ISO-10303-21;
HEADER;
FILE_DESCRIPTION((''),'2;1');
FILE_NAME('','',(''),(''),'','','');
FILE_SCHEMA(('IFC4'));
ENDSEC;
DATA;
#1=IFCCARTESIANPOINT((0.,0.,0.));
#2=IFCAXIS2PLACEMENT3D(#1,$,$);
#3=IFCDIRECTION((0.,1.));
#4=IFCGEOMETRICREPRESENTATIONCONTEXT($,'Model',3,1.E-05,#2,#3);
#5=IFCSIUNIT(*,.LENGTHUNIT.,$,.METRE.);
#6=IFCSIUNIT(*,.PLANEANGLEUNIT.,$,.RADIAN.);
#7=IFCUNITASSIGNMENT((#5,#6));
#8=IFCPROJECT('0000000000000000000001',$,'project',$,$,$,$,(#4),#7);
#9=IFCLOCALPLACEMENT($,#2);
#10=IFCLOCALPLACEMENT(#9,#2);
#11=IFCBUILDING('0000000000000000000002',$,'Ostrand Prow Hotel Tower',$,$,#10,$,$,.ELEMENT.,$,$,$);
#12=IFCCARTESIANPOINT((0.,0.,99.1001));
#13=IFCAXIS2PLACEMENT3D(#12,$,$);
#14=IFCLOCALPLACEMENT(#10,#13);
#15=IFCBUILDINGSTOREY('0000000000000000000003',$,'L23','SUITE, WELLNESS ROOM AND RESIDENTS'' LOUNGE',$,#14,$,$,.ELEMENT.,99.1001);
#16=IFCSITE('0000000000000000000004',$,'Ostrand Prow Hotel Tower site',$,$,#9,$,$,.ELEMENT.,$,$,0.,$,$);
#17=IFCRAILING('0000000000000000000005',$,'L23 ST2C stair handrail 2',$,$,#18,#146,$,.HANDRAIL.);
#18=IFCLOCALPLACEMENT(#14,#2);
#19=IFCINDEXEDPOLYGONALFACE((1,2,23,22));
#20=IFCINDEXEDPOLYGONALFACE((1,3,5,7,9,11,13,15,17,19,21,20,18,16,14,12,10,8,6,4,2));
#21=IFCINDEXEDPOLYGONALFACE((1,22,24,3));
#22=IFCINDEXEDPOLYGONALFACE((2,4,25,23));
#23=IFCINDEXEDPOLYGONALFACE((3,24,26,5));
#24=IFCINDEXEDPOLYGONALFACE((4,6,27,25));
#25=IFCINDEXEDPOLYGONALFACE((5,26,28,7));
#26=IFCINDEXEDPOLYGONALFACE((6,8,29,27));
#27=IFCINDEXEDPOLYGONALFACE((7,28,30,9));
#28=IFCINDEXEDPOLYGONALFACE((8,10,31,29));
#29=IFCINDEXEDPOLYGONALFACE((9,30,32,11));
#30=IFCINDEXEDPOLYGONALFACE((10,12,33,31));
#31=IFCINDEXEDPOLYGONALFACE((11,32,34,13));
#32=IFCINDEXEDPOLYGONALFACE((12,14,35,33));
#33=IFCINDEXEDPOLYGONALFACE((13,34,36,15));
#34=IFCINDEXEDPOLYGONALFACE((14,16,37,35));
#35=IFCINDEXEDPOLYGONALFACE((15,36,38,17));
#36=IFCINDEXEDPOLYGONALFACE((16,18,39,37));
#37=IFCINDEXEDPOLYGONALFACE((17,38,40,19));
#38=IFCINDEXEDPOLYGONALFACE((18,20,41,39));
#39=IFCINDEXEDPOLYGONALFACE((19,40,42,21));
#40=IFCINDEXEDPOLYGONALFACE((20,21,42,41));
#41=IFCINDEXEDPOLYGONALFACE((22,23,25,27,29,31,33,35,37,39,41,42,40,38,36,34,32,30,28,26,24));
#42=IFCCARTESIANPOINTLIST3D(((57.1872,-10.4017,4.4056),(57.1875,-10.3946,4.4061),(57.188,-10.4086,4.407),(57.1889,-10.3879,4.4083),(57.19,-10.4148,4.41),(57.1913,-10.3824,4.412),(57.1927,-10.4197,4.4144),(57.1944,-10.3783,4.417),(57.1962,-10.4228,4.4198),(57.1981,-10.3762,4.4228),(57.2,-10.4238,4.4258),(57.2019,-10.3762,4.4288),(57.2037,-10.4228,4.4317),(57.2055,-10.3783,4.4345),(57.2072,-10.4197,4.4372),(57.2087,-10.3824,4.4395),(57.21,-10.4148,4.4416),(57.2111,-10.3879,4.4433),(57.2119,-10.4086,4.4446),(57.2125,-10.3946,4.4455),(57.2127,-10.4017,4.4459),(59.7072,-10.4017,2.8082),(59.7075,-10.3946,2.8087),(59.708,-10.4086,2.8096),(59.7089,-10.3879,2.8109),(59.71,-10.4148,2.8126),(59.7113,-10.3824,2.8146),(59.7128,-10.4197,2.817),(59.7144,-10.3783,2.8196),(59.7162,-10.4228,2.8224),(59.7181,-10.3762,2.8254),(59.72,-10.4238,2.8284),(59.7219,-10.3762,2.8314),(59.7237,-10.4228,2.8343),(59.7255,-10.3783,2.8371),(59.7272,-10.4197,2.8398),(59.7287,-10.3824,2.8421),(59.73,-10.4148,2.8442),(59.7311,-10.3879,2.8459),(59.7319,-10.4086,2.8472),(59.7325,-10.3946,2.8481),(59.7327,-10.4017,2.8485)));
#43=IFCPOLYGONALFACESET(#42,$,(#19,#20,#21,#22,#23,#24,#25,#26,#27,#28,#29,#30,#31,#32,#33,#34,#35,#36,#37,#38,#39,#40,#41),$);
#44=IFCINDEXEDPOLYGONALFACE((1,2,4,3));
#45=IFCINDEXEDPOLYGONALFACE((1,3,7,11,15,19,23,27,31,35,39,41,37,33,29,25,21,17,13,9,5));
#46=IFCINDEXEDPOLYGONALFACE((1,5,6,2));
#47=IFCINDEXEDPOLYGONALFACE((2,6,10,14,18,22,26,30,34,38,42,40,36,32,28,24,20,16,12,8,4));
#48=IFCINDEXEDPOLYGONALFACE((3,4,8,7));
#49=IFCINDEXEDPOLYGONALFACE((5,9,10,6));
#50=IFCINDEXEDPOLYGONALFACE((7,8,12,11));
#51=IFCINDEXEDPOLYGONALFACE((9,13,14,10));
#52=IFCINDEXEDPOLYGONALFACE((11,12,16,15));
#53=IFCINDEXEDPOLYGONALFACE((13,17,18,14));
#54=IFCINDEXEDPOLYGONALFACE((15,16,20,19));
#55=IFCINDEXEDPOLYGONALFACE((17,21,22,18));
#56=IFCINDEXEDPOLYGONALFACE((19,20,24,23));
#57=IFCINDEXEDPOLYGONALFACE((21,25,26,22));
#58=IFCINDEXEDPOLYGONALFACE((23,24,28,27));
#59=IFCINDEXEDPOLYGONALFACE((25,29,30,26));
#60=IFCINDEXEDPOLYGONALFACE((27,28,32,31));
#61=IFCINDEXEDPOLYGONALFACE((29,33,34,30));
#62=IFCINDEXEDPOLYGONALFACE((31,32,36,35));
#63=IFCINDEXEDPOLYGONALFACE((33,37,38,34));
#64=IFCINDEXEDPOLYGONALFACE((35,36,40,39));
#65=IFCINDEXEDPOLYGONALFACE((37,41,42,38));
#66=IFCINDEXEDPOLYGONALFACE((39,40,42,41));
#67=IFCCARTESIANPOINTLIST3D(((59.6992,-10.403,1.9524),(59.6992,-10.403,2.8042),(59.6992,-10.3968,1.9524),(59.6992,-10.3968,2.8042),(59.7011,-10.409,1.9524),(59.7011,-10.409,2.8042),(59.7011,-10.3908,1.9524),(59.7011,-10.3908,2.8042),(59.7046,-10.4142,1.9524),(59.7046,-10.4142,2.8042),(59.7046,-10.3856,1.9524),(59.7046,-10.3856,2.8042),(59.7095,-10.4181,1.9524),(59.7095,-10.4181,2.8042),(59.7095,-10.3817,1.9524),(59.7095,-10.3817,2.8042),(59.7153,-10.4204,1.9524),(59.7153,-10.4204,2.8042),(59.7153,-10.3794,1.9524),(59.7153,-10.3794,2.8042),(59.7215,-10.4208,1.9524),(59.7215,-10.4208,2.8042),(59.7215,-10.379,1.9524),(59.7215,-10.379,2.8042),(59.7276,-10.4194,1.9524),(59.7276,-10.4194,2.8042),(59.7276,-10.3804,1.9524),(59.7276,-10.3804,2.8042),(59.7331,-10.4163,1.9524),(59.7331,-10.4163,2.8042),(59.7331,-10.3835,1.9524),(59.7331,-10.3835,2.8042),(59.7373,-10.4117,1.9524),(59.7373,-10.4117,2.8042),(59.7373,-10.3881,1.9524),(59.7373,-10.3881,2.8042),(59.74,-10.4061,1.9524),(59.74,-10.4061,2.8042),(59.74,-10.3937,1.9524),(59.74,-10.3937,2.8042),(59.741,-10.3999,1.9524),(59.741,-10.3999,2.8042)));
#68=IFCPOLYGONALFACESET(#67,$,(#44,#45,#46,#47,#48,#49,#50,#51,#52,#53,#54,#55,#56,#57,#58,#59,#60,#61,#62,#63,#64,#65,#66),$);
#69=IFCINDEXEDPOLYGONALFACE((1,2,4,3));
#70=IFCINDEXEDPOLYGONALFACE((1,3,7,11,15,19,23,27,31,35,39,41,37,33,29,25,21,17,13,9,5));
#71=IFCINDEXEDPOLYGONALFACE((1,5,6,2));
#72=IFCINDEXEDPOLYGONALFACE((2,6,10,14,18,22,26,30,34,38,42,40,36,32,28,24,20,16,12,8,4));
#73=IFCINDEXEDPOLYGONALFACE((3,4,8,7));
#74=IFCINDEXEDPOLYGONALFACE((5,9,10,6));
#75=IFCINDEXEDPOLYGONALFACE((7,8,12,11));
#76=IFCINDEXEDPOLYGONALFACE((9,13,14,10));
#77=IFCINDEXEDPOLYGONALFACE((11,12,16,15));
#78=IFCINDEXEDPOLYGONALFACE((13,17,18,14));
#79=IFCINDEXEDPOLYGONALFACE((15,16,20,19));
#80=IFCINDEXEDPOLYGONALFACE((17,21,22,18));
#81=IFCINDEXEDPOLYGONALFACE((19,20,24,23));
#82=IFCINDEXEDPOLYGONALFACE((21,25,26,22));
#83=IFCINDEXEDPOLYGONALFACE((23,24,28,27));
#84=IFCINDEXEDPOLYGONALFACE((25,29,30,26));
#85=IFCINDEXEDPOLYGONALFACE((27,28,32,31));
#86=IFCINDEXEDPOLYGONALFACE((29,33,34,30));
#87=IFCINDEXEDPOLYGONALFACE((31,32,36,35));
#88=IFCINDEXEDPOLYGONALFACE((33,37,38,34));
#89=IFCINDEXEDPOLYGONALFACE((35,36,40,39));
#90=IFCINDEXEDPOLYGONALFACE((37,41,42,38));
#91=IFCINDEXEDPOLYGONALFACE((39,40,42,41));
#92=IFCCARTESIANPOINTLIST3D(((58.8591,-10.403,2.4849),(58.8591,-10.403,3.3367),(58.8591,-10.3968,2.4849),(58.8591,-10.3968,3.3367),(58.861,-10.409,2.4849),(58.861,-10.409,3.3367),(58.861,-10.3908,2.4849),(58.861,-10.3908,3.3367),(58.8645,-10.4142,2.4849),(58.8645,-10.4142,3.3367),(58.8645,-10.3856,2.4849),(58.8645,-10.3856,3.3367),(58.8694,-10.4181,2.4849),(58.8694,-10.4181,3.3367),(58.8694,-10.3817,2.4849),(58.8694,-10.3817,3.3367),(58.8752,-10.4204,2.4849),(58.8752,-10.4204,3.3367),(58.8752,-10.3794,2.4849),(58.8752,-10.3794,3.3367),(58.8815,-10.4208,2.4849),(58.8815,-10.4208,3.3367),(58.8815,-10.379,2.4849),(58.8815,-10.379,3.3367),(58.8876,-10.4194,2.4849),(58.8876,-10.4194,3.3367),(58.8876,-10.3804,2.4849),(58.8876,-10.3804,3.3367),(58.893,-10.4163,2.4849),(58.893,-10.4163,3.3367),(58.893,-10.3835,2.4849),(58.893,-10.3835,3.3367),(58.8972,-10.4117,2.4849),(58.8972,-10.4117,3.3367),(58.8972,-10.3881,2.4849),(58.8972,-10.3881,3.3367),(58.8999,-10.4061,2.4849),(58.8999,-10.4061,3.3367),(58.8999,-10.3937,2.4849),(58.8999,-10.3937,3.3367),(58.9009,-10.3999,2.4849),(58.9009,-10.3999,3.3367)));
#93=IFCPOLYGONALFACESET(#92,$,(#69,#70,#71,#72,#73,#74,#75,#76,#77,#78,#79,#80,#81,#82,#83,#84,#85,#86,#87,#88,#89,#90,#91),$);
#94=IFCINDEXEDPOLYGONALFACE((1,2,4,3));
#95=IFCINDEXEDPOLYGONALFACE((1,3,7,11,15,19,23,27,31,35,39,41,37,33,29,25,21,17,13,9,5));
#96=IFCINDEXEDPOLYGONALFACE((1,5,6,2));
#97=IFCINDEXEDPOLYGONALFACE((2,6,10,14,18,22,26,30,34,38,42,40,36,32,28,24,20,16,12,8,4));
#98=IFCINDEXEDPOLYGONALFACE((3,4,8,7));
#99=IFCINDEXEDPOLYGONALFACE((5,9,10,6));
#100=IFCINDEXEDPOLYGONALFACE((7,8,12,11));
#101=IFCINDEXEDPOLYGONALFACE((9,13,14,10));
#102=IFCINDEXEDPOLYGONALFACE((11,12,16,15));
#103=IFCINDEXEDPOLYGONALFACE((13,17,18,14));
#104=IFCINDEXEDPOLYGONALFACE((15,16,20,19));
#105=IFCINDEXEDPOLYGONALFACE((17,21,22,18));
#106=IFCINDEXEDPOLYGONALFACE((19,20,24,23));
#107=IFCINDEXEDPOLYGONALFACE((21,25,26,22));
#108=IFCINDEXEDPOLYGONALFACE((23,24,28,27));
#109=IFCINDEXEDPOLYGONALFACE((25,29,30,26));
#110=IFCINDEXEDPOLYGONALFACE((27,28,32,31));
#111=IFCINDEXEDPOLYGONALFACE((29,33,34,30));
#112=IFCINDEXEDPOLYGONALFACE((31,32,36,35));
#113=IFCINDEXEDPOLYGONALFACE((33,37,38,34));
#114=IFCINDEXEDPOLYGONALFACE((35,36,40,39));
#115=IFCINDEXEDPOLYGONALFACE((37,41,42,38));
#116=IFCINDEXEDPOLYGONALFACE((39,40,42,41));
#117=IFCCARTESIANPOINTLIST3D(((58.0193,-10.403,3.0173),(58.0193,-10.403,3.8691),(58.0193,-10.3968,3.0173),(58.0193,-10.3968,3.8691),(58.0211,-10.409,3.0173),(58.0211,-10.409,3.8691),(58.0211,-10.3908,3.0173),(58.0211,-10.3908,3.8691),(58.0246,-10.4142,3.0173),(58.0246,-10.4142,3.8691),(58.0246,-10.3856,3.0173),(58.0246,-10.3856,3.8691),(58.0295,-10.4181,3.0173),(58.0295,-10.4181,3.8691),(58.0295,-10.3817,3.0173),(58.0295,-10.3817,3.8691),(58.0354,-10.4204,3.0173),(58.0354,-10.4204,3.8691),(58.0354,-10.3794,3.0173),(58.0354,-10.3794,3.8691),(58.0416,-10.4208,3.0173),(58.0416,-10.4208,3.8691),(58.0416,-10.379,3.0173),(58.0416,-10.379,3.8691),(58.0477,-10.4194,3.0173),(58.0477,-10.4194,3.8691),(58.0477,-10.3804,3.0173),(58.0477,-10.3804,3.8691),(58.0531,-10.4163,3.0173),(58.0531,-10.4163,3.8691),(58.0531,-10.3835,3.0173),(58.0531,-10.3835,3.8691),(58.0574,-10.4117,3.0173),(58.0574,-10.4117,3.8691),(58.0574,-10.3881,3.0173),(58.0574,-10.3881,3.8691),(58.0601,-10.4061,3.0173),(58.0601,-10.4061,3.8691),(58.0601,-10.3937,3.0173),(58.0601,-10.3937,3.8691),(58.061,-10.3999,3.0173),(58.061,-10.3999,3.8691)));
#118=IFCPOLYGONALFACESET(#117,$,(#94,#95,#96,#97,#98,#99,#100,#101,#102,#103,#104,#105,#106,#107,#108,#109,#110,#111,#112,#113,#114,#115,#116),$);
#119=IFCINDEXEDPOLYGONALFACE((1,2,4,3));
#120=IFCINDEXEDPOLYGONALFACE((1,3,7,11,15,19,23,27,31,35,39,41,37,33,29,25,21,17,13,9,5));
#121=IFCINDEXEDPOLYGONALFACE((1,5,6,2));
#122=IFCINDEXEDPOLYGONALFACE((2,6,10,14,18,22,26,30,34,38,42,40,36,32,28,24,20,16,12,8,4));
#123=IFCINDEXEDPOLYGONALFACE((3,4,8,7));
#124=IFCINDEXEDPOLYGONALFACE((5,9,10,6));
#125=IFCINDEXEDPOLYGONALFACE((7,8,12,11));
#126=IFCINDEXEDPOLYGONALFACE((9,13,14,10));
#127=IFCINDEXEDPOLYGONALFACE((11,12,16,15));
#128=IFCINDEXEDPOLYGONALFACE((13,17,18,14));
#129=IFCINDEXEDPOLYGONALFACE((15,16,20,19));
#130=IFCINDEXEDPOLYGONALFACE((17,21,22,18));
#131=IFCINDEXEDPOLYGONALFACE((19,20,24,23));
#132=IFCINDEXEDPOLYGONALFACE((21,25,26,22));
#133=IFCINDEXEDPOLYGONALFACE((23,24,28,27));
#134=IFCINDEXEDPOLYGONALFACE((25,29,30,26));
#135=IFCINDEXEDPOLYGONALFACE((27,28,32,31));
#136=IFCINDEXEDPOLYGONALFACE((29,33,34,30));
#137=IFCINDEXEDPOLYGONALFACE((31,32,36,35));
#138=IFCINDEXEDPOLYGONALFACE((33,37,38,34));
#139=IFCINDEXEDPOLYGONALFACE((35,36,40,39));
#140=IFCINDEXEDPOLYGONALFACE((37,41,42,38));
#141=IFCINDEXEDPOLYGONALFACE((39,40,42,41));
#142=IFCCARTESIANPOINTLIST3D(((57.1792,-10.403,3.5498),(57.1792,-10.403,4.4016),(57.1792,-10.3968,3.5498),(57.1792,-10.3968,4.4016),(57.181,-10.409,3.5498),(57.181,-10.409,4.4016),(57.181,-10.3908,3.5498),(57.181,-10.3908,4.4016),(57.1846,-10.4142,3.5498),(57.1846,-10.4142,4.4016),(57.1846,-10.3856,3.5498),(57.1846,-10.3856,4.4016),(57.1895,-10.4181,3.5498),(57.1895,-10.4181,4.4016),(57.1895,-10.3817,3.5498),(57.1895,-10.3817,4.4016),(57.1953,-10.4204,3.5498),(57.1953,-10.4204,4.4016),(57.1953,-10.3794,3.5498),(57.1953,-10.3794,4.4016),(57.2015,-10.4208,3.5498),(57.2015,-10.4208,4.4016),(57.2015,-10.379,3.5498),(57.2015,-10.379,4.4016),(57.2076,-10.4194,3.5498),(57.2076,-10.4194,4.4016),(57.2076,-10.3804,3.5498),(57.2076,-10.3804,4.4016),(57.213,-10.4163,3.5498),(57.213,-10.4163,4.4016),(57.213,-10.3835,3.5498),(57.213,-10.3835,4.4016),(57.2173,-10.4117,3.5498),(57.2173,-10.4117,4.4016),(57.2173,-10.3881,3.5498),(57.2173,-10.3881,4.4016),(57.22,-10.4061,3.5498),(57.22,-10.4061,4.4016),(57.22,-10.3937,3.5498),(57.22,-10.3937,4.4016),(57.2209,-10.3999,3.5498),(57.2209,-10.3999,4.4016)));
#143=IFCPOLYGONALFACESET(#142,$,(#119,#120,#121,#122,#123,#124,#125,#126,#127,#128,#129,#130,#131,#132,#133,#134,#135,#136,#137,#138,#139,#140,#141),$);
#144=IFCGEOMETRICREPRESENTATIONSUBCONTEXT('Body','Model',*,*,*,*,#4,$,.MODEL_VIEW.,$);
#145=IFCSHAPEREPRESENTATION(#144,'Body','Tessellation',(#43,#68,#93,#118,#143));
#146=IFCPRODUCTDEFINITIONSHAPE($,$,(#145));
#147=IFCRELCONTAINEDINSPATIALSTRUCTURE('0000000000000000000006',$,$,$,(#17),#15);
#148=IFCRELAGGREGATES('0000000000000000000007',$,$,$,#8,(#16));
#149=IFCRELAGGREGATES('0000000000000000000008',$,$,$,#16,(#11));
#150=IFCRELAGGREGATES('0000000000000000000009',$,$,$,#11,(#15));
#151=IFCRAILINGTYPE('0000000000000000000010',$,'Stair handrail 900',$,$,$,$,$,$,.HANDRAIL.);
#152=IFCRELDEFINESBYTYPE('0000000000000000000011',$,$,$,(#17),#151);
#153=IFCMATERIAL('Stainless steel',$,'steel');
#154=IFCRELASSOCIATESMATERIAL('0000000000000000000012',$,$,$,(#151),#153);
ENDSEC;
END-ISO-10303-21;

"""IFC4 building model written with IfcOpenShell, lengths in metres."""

from ifc_helpers import new_model, si_unit, direction, frame, origin, origin_2d, place, context, subcontext, project, spatial, circle, extrude, material, type_object, element, save


model = new_model("IFC4")

# Units and contexts
model_context = context("Model", 3, precision=1e-05, world=origin(), true_north=direction((0.0, 1.0)))
body_context = subcontext(model_context, "Body", "Model", "MODEL_VIEW")
ifc_project = project(units=[si_unit("LENGTHUNIT", "METRE"), si_unit("PLANEANGLEUNIT", "RADIAN")], contexts=[model_context])

# Site, building, storey
site_placement = place(None, origin())
site = spatial("IfcSite", under=ifc_project, at=site_placement, Name="Ostrand Prow Hotel Tower site", CompositionType="ELEMENT", RefElevation=0.0)
building_placement = place(site_placement, origin())
building = spatial("IfcBuilding", under=site, at=building_placement, Name="Ostrand Prow Hotel Tower", CompositionType="ELEMENT")
storey_placement = place(building_placement, frame((0.0, 0.0, 99.1001)))
storey = spatial("IfcBuildingStorey", under=building, at=storey_placement, Name="L23", Description="SUITE, WELLNESS ROOM AND RESIDENTS' LOUNGE", CompositionType="ELEMENT", Elevation=99.1001)

# Railing
ifc_material_1 = material(Name="Stainless steel", Category="steel")
railing_type_1 = type_object("IfcRailingType", Name="Stair handrail 900", PredefinedType="HANDRAIL", material=ifc_material_1)
railing_1_placement = place(storey_placement, frame((59.72, -10.3999, 1.9524)))
element("IfcRailing", 1, at=railing_1_placement, inside=storey, type_object=railing_type_1, Name="L23 ST2C stair handrail 2", PredefinedType="HANDRAIL", context=body_context, shape_type="SweptSolid", body=[
    extrude(circle(Radius=0.0239, at=origin_2d()), frame((0.0, 0.0, 0.876), z_axis=(-0.844607, 0.0, 0.535387), x_axis=(0.0, -1.0, 0.0)), (0.0, 0.0, 1.0), 2.9836),
    extrude(circle(Radius=0.021, at=origin_2d()), origin(), (0.0, 0.0, 1.0), 0.8518),
    extrude(circle(Radius=0.021, at=origin_2d()), frame((-0.8401, 0.0, 0.5325)), (0.0, 0.0, 1.0), 0.8518),
    extrude(circle(Radius=0.021, at=origin_2d()), frame((-1.6799, 0.0, 1.0649)), (0.0, 0.0, 1.0), 0.8518),
    extrude(circle(Radius=0.021, at=origin_2d()), frame((-2.52, 0.0, 1.5974)), (0.0, 0.0, 1.0), 0.8518),
])

save(model, "model.ifc")
